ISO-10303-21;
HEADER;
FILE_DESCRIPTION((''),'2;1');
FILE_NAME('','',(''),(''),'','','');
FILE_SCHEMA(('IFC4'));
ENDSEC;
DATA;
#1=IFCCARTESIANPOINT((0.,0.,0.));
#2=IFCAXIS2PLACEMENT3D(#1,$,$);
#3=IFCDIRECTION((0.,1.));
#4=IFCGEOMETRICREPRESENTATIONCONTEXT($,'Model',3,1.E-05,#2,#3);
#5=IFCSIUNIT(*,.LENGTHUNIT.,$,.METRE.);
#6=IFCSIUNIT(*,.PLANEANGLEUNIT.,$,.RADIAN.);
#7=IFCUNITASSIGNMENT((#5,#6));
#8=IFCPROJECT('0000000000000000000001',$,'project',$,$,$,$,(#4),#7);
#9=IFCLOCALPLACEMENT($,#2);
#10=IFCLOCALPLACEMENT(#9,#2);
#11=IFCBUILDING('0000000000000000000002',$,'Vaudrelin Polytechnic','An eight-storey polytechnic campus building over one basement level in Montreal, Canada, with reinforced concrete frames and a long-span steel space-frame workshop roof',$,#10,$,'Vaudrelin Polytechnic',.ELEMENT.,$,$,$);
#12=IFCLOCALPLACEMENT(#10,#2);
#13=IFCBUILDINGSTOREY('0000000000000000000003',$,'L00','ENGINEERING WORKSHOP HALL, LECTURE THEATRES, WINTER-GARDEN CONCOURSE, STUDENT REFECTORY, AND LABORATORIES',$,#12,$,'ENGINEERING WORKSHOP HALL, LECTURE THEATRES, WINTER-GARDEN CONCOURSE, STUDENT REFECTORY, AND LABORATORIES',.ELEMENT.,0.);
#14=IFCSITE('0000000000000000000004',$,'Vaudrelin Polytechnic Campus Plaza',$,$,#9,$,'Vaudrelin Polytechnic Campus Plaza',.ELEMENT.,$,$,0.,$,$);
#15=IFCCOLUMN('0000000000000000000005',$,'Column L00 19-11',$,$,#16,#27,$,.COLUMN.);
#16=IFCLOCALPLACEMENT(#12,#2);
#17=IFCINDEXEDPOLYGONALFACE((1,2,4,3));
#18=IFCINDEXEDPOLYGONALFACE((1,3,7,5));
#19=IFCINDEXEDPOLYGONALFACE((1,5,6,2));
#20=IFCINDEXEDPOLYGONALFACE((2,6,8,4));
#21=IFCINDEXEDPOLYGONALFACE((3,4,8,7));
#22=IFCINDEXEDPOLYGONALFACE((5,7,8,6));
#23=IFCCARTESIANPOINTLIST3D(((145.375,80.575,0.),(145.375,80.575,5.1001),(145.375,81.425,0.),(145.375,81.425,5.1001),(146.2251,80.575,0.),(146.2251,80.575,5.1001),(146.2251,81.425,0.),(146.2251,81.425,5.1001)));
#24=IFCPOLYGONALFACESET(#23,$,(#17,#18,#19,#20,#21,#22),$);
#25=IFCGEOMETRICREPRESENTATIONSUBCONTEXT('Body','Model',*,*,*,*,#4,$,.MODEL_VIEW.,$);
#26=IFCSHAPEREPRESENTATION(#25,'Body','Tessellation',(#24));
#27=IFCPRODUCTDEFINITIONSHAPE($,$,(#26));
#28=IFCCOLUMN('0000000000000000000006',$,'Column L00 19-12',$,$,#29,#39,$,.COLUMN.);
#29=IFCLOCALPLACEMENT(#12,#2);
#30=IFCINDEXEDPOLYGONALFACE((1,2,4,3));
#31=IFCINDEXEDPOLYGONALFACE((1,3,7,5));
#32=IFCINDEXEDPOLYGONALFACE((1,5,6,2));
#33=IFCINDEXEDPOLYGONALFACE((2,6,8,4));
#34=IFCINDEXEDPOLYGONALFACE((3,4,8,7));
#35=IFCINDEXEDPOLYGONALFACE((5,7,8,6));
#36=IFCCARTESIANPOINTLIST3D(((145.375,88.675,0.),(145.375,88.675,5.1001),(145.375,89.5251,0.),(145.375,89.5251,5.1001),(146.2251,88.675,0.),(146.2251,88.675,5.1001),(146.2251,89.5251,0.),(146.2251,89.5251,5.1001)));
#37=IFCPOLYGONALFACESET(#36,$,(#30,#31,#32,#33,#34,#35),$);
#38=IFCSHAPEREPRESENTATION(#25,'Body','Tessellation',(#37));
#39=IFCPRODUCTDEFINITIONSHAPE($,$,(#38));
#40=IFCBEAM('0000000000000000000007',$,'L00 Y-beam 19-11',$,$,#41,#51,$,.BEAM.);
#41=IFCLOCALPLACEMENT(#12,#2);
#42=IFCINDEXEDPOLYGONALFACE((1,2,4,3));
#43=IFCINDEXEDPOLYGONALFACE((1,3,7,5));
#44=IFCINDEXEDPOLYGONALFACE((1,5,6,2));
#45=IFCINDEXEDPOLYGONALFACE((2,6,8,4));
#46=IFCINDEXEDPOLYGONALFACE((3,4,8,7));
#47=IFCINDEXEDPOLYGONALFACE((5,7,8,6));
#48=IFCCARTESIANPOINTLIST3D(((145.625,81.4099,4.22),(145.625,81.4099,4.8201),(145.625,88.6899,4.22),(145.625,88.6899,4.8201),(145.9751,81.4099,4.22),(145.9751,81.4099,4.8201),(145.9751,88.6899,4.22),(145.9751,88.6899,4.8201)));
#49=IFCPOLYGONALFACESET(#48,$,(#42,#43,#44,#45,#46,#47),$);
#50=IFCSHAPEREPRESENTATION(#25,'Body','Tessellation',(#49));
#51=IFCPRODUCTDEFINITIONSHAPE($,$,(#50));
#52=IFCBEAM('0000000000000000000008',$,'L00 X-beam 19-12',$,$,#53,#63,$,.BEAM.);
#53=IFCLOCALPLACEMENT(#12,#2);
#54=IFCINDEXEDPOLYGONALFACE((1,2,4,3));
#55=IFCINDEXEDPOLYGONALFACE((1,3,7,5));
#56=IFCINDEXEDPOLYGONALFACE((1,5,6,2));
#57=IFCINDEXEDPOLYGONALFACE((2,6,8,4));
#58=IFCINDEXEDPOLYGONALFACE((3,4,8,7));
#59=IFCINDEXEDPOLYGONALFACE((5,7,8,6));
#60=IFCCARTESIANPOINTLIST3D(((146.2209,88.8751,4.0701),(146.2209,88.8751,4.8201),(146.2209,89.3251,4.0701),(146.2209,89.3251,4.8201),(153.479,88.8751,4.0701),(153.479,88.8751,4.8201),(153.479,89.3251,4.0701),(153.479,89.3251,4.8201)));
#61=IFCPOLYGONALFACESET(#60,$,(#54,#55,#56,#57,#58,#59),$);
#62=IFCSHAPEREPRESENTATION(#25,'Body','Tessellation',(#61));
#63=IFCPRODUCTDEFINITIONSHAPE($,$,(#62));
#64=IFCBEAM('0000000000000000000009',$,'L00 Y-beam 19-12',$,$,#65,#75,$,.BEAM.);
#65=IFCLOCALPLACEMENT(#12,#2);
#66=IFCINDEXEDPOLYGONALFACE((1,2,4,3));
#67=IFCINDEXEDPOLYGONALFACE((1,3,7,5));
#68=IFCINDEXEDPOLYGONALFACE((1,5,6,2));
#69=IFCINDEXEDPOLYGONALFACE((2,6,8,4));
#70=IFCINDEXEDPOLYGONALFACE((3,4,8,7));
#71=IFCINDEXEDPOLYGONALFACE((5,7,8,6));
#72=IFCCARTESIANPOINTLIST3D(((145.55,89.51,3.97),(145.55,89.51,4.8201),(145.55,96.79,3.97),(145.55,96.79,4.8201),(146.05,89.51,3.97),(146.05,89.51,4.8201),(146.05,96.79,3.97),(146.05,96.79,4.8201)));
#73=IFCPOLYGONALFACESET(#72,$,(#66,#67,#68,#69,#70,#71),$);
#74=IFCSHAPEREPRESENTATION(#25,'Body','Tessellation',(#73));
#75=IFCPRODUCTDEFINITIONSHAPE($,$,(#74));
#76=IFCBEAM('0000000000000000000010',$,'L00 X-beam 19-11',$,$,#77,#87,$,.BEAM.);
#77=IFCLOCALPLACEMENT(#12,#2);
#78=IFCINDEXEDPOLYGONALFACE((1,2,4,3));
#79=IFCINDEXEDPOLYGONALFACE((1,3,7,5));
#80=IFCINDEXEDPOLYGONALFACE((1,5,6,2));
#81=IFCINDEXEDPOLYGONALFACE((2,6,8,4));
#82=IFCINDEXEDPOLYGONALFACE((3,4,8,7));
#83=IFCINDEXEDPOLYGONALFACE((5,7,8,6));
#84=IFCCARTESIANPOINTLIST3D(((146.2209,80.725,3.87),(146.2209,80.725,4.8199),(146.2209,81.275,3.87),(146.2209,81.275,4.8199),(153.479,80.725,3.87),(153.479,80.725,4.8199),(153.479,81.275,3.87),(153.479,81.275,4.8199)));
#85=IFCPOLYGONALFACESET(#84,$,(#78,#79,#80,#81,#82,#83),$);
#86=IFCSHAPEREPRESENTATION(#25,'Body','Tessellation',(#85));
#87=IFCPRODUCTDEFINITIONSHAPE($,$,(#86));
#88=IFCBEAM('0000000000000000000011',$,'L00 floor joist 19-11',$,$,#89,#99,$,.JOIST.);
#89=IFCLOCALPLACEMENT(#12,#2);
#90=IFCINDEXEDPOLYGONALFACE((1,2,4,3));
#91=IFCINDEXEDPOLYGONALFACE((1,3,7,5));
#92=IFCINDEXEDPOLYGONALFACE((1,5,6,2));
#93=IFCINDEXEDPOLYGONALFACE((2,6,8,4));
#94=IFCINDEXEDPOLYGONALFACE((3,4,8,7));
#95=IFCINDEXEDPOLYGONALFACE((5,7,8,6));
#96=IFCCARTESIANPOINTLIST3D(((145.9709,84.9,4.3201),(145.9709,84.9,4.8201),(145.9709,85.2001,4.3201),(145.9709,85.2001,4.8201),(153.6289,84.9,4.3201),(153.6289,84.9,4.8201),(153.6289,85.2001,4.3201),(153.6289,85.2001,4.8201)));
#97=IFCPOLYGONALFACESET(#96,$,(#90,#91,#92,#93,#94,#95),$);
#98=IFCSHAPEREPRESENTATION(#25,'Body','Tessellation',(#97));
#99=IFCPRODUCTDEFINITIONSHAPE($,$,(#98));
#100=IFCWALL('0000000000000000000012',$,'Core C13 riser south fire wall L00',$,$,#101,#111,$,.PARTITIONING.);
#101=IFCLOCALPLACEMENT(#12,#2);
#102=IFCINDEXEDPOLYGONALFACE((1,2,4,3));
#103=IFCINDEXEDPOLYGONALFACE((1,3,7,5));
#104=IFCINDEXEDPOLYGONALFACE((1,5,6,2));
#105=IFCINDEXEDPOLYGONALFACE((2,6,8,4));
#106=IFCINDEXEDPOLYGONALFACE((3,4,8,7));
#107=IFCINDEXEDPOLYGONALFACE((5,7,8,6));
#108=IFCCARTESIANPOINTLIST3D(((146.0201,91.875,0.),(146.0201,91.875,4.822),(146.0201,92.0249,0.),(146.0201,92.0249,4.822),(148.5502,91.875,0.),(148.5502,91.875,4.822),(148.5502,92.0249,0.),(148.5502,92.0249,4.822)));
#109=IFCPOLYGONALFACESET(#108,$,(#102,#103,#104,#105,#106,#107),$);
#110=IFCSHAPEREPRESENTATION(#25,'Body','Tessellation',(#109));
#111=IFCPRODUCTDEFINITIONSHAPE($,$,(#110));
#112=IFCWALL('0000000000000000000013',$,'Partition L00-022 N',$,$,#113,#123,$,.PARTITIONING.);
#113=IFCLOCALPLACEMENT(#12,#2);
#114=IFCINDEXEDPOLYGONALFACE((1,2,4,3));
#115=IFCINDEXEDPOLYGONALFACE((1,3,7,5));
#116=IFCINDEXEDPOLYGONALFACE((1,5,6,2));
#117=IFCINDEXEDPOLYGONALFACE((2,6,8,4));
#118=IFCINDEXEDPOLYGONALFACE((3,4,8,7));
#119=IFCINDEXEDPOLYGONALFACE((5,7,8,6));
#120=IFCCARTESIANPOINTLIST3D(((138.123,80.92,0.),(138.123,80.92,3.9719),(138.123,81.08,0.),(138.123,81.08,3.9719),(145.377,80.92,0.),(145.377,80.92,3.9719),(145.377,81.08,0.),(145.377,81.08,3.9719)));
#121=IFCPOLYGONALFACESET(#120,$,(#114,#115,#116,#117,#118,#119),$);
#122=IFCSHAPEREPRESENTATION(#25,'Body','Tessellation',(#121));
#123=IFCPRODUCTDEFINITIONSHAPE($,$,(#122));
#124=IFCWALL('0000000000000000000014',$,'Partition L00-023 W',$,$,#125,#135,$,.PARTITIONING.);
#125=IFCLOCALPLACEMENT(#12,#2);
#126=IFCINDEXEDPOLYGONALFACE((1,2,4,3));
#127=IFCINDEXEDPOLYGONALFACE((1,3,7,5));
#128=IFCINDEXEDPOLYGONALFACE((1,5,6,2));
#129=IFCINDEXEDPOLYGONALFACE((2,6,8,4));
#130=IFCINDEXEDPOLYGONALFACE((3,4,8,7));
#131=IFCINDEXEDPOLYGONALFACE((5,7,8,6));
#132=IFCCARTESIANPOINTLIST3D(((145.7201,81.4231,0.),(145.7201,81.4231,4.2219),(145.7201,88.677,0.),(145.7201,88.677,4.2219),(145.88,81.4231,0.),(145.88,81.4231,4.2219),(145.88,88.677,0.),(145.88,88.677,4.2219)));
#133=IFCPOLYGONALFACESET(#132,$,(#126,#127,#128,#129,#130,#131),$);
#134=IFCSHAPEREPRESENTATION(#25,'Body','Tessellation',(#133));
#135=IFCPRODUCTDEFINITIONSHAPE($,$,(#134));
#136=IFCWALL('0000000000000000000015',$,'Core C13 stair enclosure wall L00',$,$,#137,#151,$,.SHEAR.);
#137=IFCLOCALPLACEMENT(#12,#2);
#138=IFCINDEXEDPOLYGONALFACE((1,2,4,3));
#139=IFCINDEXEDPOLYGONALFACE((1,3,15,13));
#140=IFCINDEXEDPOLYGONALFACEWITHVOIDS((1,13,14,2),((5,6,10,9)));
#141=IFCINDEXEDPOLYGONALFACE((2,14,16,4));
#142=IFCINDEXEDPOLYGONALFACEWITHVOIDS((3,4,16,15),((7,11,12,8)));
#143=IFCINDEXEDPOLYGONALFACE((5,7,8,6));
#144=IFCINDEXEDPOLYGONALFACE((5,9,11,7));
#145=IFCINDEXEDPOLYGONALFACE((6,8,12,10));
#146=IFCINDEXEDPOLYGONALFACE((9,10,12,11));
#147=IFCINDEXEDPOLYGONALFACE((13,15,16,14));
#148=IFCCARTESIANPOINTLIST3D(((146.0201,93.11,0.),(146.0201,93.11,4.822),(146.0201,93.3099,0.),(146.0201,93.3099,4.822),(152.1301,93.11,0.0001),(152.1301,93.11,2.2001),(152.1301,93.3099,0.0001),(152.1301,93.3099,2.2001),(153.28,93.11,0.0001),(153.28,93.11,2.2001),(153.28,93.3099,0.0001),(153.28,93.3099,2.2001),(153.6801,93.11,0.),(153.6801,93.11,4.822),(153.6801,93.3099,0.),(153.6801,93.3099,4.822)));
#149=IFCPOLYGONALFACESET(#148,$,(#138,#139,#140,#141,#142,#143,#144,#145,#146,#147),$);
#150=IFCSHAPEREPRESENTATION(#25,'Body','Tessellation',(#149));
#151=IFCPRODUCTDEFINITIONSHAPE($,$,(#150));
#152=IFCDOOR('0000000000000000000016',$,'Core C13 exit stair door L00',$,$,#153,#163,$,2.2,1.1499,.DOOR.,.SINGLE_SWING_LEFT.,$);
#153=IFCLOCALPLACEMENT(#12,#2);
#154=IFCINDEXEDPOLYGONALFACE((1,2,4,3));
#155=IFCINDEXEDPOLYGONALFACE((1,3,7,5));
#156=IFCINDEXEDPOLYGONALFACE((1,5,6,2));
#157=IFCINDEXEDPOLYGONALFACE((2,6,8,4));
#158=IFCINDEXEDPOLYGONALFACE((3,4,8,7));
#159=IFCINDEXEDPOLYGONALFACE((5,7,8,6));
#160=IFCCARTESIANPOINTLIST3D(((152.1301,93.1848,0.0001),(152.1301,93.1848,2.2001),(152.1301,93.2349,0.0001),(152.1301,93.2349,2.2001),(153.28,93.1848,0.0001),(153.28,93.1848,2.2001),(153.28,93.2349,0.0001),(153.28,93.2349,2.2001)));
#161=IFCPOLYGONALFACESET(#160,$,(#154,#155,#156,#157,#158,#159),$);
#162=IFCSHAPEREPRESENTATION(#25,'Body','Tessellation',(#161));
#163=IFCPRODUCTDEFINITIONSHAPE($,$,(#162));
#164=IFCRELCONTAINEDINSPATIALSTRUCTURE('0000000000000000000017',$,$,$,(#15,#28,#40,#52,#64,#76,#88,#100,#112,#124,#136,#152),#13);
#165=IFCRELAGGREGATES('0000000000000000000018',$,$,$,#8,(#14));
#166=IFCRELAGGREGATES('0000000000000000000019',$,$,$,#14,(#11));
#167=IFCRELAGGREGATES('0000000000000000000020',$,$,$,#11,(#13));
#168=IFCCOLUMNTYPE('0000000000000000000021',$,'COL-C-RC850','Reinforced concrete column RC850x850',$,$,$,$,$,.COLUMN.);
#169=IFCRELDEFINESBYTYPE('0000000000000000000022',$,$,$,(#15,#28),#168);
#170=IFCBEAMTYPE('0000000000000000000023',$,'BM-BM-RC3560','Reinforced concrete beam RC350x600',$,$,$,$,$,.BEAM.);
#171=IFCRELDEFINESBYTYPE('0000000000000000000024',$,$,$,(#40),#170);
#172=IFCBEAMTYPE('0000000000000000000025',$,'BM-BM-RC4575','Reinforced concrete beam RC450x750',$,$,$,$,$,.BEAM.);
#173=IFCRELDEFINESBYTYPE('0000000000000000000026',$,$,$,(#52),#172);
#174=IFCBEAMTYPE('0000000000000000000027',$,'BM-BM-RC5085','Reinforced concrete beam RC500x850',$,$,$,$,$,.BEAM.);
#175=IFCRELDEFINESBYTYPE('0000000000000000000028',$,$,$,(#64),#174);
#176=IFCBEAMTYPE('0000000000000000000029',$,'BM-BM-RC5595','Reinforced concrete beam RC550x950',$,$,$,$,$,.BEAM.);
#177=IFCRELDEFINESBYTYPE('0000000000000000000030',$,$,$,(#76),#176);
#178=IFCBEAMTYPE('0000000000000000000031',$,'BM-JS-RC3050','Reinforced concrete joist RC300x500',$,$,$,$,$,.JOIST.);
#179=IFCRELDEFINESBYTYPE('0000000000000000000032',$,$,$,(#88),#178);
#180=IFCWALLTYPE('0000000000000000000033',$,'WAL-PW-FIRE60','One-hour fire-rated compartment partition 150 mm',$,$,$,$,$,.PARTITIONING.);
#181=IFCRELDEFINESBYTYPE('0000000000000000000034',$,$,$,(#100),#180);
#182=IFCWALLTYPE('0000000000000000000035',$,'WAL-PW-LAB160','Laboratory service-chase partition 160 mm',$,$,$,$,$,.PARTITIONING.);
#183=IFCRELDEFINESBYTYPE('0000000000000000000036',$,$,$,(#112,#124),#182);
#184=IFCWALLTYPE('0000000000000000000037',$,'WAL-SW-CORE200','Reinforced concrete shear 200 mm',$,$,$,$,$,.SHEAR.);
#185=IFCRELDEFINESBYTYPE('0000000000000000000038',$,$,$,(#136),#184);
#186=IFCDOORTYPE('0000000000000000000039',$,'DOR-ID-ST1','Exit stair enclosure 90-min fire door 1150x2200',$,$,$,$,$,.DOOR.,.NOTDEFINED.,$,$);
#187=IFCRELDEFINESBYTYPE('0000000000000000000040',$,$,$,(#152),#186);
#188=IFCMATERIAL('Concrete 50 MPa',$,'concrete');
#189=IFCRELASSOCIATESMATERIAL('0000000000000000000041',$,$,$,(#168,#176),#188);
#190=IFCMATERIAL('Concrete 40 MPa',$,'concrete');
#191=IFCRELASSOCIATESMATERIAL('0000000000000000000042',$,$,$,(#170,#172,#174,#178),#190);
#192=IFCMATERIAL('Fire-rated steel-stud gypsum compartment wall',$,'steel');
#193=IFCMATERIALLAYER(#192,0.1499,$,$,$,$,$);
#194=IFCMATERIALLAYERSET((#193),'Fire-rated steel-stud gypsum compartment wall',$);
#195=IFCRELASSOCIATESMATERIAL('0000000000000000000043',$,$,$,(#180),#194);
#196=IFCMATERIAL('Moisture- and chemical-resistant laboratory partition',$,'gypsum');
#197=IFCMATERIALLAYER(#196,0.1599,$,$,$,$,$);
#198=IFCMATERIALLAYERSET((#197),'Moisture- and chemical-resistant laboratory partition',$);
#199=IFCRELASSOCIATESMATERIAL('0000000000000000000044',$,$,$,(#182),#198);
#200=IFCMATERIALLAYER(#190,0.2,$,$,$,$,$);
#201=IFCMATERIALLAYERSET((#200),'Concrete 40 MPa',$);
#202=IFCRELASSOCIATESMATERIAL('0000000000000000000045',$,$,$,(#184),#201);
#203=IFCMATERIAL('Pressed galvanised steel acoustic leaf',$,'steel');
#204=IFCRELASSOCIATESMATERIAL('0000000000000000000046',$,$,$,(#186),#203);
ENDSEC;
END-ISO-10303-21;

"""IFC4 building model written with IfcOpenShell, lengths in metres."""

from ifc_helpers import new_model, si_unit, direction, frame, frame_2d, origin, origin_2d, place, context, subcontext, project, spatial, rectangle, extrude, material, layer, layer_set, material_profile, profile_set, type_object, element, fill, save


model = new_model("IFC4")

# Units and contexts
model_context = context("Model", 3, precision=1e-05, world=origin(), true_north=direction((0.0, 1.0)))
body_context = subcontext(model_context, "Body", "Model", "MODEL_VIEW")
ifc_project = project(units=[si_unit("LENGTHUNIT", "METRE"), si_unit("PLANEANGLEUNIT", "RADIAN")], contexts=[model_context])

# Site, building, storey
site_placement = place(None, origin())
site = spatial("IfcSite", under=ifc_project, at=site_placement, Name="Vaudrelin Polytechnic Campus Plaza", LongName="Vaudrelin Polytechnic Campus Plaza", CompositionType="ELEMENT", RefElevation=0.0)
building_placement = place(site_placement, origin())
building = spatial("IfcBuilding", under=site, at=building_placement, Name="Vaudrelin Polytechnic", Description="An eight-storey polytechnic campus building over one basement level in Montreal, Canada, with reinforced concrete frames and a long-span steel space-frame workshop roof", LongName="Vaudrelin Polytechnic", CompositionType="ELEMENT")
storey_placement = place(building_placement, origin())
storey = spatial("IfcBuildingStorey", under=building, at=storey_placement, Name="L00", Description="ENGINEERING WORKSHOP HALL, LECTURE THEATRES, WINTER-GARDEN CONCOURSE, STUDENT REFECTORY, AND LABORATORIES", LongName="ENGINEERING WORKSHOP HALL, LECTURE THEATRES, WINTER-GARDEN CONCOURSE, STUDENT REFECTORY, AND LABORATORIES", CompositionType="ELEMENT", Elevation=0.0)

# Columns
ifc_material_1 = material(Name="Concrete 50 MPa", Category="concrete")
ifc_material_profile_1 = material_profile(ifc_material_1, rectangle(XDim=0.8501, YDim=0.8501, at=origin_2d()), Name="RC850x850")
ifc_profile_set_1 = profile_set([ifc_material_profile_1], Name="Concrete 50 MPa")
column_type = type_object("IfcColumnType", Name="COL-C-RC850", Description="Reinforced concrete column RC850x850", PredefinedType="COLUMN", material=ifc_profile_set_1)
for number, where, z_axis, x_axis, name in (
    (1, (145.8, 81.0, 0.0), (0.0, 0.0, 1.0), (1.0, 0.0, 0.0), "Column L00 19-11"),
    (2, (145.8, 89.1001, 0.0), (0.0, 0.0, 1.0), (1.0, 0.0, 0.0), "Column L00 19-12"),
):
    element("IfcColumn", number, at=place(storey_placement, frame(where, z_axis=z_axis, x_axis=x_axis)), inside=storey, type_object=column_type, Name=name, PredefinedType="COLUMN", context=body_context, shape_type="SweptSolid", body=[
        extrude(rectangle(XDim=0.8501, YDim=0.8501, at=origin_2d()), origin(), (0.0, 0.0, 1.0), 5.1001),
    ])

# Beams
ifc_material_2 = material(Name="Concrete 40 MPa", Category="concrete")
ifc_material_profile_2 = material_profile(ifc_material_2, rectangle(XDim=0.3501, YDim=0.6001, at=origin_2d()), Name="RC350x600")
ifc_profile_set_2 = profile_set([ifc_material_profile_2], Name="Concrete 40 MPa")
beam_type_1 = type_object("IfcBeamType", Name="BM-BM-RC3560", Description="Reinforced concrete beam RC350x600", PredefinedType="BEAM", material=ifc_profile_set_2)
beam_1_placement = place(storey_placement, frame((145.8, 81.4099, 4.52), z_axis=(0.0, 1.0, 0.0), x_axis=(-1.0, 0.0, 0.0)))
element("IfcBeam", 3, at=beam_1_placement, inside=storey, type_object=beam_type_1, Name="L00 Y-beam 19-11", PredefinedType="BEAM", context=body_context, shape_type="SweptSolid", body=[
    extrude(rectangle(XDim=0.3501, YDim=0.6001, at=origin_2d()), origin(), (0.0, 0.0, 1.0), 7.28),
])
ifc_material_profile_3 = material_profile(ifc_material_2, rectangle(XDim=0.45, YDim=0.75, at=origin_2d()), Name="RC450x750")
ifc_profile_set_3 = profile_set([ifc_material_profile_3], Name="Concrete 40 MPa")
beam_type_2 = type_object("IfcBeamType", Name="BM-BM-RC4575", Description="Reinforced concrete beam RC450x750", PredefinedType="BEAM", material=ifc_profile_set_3)
beam_2_placement = place(storey_placement, frame((146.2209, 89.1001, 4.4451), z_axis=(1.0, 0.0, 0.0), x_axis=(0.0, 1.0, 0.0)))
element("IfcBeam", 4, at=beam_2_placement, inside=storey, type_object=beam_type_2, Name="L00 X-beam 19-12", PredefinedType="BEAM", context=body_context, shape_type="SweptSolid", body=[
    extrude(rectangle(XDim=0.45, YDim=0.75, at=origin_2d()), origin(), (0.0, 0.0, 1.0), 7.2581),
])
ifc_material_profile_4 = material_profile(ifc_material_2, rectangle(XDim=0.5, YDim=0.8501, at=origin_2d()), Name="RC500x850")
ifc_profile_set_4 = profile_set([ifc_material_profile_4], Name="Concrete 40 MPa")
beam_type_3 = type_object("IfcBeamType", Name="BM-BM-RC5085", Description="Reinforced concrete beam RC500x850", PredefinedType="BEAM", material=ifc_profile_set_4)
beam_3_placement = place(storey_placement, frame((145.8, 89.51, 4.395), z_axis=(0.0, 1.0, 0.0), x_axis=(-1.0, 0.0, 0.0)))
element("IfcBeam", 5, at=beam_3_placement, inside=storey, type_object=beam_type_3, Name="L00 Y-beam 19-12", PredefinedType="BEAM", context=body_context, shape_type="SweptSolid", body=[
    extrude(rectangle(XDim=0.5, YDim=0.8501, at=origin_2d()), origin(), (0.0, 0.0, 1.0), 7.28),
])
ifc_material_profile_5 = material_profile(ifc_material_1, rectangle(XDim=0.55, YDim=0.95, at=origin_2d()), Name="RC550x950")
ifc_profile_set_5 = profile_set([ifc_material_profile_5], Name="Concrete 50 MPa")
beam_type_4 = type_object("IfcBeamType", Name="BM-BM-RC5595", Description="Reinforced concrete beam RC550x950", PredefinedType="BEAM", material=ifc_profile_set_5)
beam_4_placement = place(storey_placement, frame((146.2209, 81.0, 4.345), z_axis=(1.0, 0.0, 0.0), x_axis=(0.0, 1.0, 0.0)))
element("IfcBeam", 6, at=beam_4_placement, inside=storey, type_object=beam_type_4, Name="L00 X-beam 19-11", PredefinedType="BEAM", context=body_context, shape_type="SweptSolid", body=[
    extrude(rectangle(XDim=0.55, YDim=0.95, at=origin_2d()), origin(), (0.0, 0.0, 1.0), 7.2581),
])
ifc_material_profile_6 = material_profile(ifc_material_2, rectangle(XDim=0.3, YDim=0.5, at=origin_2d()), Name="RC300x500")
ifc_profile_set_6 = profile_set([ifc_material_profile_6], Name="Concrete 40 MPa")
beam_type_5 = type_object("IfcBeamType", Name="BM-JS-RC3050", Description="Reinforced concrete joist RC300x500", PredefinedType="JOIST", material=ifc_profile_set_6)
beam_5_placement = place(storey_placement, frame((145.9709, 85.05, 4.5701), z_axis=(1.0, 0.0, 0.0), x_axis=(0.0, 1.0, 0.0)))
element("IfcBeam", 7, at=beam_5_placement, inside=storey, type_object=beam_type_5, Name="L00 floor joist 19-11", PredefinedType="JOIST", context=body_context, shape_type="SweptSolid", body=[
    extrude(rectangle(XDim=0.3, YDim=0.5, at=origin_2d()), origin(), (0.0, 0.0, 1.0), 7.658),
])

# Walls
ifc_material_3 = material(Name="Fire-rated steel-stud gypsum compartment wall", Category="steel")
ifc_layer_1 = layer(ifc_material_3, 0.1499)
ifc_layer_set_1 = layer_set([ifc_layer_1], Name="Fire-rated steel-stud gypsum compartment wall")
wall_type_1 = type_object("IfcWallType", Name="WAL-PW-FIRE60", Description="One-hour fire-rated compartment partition 150 mm", PredefinedType="PARTITIONING", material=ifc_layer_set_1)
wall_1_placement = place(storey_placement, frame((146.02, 91.95, 0.0), z_axis=(0.0, 0.0, 1.0), x_axis=(1.0, 0.0, 0.0)))
element("IfcWall", 8, at=wall_1_placement, inside=storey, type_object=wall_type_1, Name="Core C13 riser south fire wall L00", PredefinedType="PARTITIONING", context=body_context, shape_type="SweptSolid", body=[
    extrude(rectangle(XDim=2.53, YDim=0.1499, at=frame_2d((1.2651, 0.0))), origin(), (0.0, 0.0, 1.0), 4.822),
])
ifc_material_4 = material(Name="Moisture- and chemical-resistant laboratory partition", Category="gypsum")
ifc_layer_2 = layer(ifc_material_4, 0.1599)
ifc_layer_set_2 = layer_set([ifc_layer_2], Name="Moisture- and chemical-resistant laboratory partition")
wall_type_2 = type_object("IfcWallType", Name="WAL-PW-LAB160", Description="Laboratory service-chase partition 160 mm", PredefinedType="PARTITIONING", material=ifc_layer_set_2)
wall_2_placement = place(storey_placement, frame((138.123, 81.0, 0.0), z_axis=(0.0, 0.0, 1.0), x_axis=(1.0, 0.0, 0.0)))
element("IfcWall", 9, at=wall_2_placement, inside=storey, type_object=wall_type_2, Name="Partition L00-022 N", PredefinedType="PARTITIONING", context=body_context, shape_type="SweptSolid", body=[
    extrude(rectangle(XDim=7.2539, YDim=0.1599, at=frame_2d((3.627, 0.0))), origin(), (0.0, 0.0, 1.0), 3.9719),
])
wall_3_placement = place(storey_placement, frame((145.8, 81.4231, 0.0), z_axis=(0.0, 0.0, 1.0), x_axis=(0.0, 1.0, 0.0)))
element("IfcWall", 10, at=wall_3_placement, inside=storey, type_object=wall_type_2, Name="Partition L00-023 W", PredefinedType="PARTITIONING", context=body_context, shape_type="SweptSolid", body=[
    extrude(rectangle(XDim=7.2539, YDim=0.1599, at=frame_2d((3.627, 0.0))), origin(), (0.0, 0.0, 1.0), 4.2219),
])

# Wall, opening, door
ifc_layer_3 = layer(ifc_material_2, 0.2)
ifc_layer_set_3 = layer_set([ifc_layer_3], Name="Concrete 40 MPa")
wall_type_3 = type_object("IfcWallType", Name="WAL-SW-CORE200", Description="Reinforced concrete shear 200 mm", PredefinedType="SHEAR", material=ifc_layer_set_3)
wall_4_placement = place(storey_placement, frame((146.02, 93.21, 0.0), z_axis=(0.0, 0.0, 1.0), x_axis=(1.0, 0.0, 0.0)))
wall_4 = element("IfcWall", 11, at=wall_4_placement, inside=storey, type_object=wall_type_3, Name="Core C13 stair enclosure wall L00", PredefinedType="SHEAR", context=body_context, shape_type="SweptSolid", body=[
    extrude(rectangle(XDim=7.6599, YDim=0.2, at=frame_2d((3.8301, 0.0))), origin(), (0.0, 0.0, 1.0), 4.822),
])
opening_placement = place(wall_4_placement, frame((6.1101, 0.0, 0.0)))
opening = element("IfcOpeningElement", 12, at=opening_placement, cuts=wall_4, PredefinedType="OPENING", context=body_context, shape_type="SweptSolid", body=[
    extrude(rectangle(XDim=1.1499, YDim=2.2, at=frame_2d((0.575, 1.1001))), frame((0.0, 0.1099, 0.0), z_axis=(0.0, -1.0, 0.0), x_axis=(1.0, 0.0, 0.0)), (0.0, 0.0, 1.0), 0.22),
])
ifc_material_5 = material(Name="Pressed galvanised steel acoustic leaf", Category="steel")
door_type = type_object("IfcDoorType", Name="DOR-ID-ST1", Description="Exit stair enclosure 90-min fire door 1150x2200", OperationType="NOTDEFINED", PredefinedType="DOOR", material=ifc_material_5)
door_placement = place(opening_placement, origin())
door = element("IfcDoor", 13, at=door_placement, inside=storey, type_object=door_type, Name="Core C13 exit stair door L00", OperationType="SINGLE_SWING_LEFT", OverallHeight=2.2, OverallWidth=1.1499, PredefinedType="DOOR", context=body_context, shape_type="SweptSolid", body=[
    extrude(rectangle(XDim=1.1499, YDim=2.2, at=frame_2d((0.575, 1.1001))), frame((0.0, 0.0249, 0.0), z_axis=(0.0, -1.0, 0.0), x_axis=(1.0, 0.0, 0.0)), (0.0, 0.0, 1.0), 0.05),
])
fill(opening, door)

save(model, "model.ifc")
